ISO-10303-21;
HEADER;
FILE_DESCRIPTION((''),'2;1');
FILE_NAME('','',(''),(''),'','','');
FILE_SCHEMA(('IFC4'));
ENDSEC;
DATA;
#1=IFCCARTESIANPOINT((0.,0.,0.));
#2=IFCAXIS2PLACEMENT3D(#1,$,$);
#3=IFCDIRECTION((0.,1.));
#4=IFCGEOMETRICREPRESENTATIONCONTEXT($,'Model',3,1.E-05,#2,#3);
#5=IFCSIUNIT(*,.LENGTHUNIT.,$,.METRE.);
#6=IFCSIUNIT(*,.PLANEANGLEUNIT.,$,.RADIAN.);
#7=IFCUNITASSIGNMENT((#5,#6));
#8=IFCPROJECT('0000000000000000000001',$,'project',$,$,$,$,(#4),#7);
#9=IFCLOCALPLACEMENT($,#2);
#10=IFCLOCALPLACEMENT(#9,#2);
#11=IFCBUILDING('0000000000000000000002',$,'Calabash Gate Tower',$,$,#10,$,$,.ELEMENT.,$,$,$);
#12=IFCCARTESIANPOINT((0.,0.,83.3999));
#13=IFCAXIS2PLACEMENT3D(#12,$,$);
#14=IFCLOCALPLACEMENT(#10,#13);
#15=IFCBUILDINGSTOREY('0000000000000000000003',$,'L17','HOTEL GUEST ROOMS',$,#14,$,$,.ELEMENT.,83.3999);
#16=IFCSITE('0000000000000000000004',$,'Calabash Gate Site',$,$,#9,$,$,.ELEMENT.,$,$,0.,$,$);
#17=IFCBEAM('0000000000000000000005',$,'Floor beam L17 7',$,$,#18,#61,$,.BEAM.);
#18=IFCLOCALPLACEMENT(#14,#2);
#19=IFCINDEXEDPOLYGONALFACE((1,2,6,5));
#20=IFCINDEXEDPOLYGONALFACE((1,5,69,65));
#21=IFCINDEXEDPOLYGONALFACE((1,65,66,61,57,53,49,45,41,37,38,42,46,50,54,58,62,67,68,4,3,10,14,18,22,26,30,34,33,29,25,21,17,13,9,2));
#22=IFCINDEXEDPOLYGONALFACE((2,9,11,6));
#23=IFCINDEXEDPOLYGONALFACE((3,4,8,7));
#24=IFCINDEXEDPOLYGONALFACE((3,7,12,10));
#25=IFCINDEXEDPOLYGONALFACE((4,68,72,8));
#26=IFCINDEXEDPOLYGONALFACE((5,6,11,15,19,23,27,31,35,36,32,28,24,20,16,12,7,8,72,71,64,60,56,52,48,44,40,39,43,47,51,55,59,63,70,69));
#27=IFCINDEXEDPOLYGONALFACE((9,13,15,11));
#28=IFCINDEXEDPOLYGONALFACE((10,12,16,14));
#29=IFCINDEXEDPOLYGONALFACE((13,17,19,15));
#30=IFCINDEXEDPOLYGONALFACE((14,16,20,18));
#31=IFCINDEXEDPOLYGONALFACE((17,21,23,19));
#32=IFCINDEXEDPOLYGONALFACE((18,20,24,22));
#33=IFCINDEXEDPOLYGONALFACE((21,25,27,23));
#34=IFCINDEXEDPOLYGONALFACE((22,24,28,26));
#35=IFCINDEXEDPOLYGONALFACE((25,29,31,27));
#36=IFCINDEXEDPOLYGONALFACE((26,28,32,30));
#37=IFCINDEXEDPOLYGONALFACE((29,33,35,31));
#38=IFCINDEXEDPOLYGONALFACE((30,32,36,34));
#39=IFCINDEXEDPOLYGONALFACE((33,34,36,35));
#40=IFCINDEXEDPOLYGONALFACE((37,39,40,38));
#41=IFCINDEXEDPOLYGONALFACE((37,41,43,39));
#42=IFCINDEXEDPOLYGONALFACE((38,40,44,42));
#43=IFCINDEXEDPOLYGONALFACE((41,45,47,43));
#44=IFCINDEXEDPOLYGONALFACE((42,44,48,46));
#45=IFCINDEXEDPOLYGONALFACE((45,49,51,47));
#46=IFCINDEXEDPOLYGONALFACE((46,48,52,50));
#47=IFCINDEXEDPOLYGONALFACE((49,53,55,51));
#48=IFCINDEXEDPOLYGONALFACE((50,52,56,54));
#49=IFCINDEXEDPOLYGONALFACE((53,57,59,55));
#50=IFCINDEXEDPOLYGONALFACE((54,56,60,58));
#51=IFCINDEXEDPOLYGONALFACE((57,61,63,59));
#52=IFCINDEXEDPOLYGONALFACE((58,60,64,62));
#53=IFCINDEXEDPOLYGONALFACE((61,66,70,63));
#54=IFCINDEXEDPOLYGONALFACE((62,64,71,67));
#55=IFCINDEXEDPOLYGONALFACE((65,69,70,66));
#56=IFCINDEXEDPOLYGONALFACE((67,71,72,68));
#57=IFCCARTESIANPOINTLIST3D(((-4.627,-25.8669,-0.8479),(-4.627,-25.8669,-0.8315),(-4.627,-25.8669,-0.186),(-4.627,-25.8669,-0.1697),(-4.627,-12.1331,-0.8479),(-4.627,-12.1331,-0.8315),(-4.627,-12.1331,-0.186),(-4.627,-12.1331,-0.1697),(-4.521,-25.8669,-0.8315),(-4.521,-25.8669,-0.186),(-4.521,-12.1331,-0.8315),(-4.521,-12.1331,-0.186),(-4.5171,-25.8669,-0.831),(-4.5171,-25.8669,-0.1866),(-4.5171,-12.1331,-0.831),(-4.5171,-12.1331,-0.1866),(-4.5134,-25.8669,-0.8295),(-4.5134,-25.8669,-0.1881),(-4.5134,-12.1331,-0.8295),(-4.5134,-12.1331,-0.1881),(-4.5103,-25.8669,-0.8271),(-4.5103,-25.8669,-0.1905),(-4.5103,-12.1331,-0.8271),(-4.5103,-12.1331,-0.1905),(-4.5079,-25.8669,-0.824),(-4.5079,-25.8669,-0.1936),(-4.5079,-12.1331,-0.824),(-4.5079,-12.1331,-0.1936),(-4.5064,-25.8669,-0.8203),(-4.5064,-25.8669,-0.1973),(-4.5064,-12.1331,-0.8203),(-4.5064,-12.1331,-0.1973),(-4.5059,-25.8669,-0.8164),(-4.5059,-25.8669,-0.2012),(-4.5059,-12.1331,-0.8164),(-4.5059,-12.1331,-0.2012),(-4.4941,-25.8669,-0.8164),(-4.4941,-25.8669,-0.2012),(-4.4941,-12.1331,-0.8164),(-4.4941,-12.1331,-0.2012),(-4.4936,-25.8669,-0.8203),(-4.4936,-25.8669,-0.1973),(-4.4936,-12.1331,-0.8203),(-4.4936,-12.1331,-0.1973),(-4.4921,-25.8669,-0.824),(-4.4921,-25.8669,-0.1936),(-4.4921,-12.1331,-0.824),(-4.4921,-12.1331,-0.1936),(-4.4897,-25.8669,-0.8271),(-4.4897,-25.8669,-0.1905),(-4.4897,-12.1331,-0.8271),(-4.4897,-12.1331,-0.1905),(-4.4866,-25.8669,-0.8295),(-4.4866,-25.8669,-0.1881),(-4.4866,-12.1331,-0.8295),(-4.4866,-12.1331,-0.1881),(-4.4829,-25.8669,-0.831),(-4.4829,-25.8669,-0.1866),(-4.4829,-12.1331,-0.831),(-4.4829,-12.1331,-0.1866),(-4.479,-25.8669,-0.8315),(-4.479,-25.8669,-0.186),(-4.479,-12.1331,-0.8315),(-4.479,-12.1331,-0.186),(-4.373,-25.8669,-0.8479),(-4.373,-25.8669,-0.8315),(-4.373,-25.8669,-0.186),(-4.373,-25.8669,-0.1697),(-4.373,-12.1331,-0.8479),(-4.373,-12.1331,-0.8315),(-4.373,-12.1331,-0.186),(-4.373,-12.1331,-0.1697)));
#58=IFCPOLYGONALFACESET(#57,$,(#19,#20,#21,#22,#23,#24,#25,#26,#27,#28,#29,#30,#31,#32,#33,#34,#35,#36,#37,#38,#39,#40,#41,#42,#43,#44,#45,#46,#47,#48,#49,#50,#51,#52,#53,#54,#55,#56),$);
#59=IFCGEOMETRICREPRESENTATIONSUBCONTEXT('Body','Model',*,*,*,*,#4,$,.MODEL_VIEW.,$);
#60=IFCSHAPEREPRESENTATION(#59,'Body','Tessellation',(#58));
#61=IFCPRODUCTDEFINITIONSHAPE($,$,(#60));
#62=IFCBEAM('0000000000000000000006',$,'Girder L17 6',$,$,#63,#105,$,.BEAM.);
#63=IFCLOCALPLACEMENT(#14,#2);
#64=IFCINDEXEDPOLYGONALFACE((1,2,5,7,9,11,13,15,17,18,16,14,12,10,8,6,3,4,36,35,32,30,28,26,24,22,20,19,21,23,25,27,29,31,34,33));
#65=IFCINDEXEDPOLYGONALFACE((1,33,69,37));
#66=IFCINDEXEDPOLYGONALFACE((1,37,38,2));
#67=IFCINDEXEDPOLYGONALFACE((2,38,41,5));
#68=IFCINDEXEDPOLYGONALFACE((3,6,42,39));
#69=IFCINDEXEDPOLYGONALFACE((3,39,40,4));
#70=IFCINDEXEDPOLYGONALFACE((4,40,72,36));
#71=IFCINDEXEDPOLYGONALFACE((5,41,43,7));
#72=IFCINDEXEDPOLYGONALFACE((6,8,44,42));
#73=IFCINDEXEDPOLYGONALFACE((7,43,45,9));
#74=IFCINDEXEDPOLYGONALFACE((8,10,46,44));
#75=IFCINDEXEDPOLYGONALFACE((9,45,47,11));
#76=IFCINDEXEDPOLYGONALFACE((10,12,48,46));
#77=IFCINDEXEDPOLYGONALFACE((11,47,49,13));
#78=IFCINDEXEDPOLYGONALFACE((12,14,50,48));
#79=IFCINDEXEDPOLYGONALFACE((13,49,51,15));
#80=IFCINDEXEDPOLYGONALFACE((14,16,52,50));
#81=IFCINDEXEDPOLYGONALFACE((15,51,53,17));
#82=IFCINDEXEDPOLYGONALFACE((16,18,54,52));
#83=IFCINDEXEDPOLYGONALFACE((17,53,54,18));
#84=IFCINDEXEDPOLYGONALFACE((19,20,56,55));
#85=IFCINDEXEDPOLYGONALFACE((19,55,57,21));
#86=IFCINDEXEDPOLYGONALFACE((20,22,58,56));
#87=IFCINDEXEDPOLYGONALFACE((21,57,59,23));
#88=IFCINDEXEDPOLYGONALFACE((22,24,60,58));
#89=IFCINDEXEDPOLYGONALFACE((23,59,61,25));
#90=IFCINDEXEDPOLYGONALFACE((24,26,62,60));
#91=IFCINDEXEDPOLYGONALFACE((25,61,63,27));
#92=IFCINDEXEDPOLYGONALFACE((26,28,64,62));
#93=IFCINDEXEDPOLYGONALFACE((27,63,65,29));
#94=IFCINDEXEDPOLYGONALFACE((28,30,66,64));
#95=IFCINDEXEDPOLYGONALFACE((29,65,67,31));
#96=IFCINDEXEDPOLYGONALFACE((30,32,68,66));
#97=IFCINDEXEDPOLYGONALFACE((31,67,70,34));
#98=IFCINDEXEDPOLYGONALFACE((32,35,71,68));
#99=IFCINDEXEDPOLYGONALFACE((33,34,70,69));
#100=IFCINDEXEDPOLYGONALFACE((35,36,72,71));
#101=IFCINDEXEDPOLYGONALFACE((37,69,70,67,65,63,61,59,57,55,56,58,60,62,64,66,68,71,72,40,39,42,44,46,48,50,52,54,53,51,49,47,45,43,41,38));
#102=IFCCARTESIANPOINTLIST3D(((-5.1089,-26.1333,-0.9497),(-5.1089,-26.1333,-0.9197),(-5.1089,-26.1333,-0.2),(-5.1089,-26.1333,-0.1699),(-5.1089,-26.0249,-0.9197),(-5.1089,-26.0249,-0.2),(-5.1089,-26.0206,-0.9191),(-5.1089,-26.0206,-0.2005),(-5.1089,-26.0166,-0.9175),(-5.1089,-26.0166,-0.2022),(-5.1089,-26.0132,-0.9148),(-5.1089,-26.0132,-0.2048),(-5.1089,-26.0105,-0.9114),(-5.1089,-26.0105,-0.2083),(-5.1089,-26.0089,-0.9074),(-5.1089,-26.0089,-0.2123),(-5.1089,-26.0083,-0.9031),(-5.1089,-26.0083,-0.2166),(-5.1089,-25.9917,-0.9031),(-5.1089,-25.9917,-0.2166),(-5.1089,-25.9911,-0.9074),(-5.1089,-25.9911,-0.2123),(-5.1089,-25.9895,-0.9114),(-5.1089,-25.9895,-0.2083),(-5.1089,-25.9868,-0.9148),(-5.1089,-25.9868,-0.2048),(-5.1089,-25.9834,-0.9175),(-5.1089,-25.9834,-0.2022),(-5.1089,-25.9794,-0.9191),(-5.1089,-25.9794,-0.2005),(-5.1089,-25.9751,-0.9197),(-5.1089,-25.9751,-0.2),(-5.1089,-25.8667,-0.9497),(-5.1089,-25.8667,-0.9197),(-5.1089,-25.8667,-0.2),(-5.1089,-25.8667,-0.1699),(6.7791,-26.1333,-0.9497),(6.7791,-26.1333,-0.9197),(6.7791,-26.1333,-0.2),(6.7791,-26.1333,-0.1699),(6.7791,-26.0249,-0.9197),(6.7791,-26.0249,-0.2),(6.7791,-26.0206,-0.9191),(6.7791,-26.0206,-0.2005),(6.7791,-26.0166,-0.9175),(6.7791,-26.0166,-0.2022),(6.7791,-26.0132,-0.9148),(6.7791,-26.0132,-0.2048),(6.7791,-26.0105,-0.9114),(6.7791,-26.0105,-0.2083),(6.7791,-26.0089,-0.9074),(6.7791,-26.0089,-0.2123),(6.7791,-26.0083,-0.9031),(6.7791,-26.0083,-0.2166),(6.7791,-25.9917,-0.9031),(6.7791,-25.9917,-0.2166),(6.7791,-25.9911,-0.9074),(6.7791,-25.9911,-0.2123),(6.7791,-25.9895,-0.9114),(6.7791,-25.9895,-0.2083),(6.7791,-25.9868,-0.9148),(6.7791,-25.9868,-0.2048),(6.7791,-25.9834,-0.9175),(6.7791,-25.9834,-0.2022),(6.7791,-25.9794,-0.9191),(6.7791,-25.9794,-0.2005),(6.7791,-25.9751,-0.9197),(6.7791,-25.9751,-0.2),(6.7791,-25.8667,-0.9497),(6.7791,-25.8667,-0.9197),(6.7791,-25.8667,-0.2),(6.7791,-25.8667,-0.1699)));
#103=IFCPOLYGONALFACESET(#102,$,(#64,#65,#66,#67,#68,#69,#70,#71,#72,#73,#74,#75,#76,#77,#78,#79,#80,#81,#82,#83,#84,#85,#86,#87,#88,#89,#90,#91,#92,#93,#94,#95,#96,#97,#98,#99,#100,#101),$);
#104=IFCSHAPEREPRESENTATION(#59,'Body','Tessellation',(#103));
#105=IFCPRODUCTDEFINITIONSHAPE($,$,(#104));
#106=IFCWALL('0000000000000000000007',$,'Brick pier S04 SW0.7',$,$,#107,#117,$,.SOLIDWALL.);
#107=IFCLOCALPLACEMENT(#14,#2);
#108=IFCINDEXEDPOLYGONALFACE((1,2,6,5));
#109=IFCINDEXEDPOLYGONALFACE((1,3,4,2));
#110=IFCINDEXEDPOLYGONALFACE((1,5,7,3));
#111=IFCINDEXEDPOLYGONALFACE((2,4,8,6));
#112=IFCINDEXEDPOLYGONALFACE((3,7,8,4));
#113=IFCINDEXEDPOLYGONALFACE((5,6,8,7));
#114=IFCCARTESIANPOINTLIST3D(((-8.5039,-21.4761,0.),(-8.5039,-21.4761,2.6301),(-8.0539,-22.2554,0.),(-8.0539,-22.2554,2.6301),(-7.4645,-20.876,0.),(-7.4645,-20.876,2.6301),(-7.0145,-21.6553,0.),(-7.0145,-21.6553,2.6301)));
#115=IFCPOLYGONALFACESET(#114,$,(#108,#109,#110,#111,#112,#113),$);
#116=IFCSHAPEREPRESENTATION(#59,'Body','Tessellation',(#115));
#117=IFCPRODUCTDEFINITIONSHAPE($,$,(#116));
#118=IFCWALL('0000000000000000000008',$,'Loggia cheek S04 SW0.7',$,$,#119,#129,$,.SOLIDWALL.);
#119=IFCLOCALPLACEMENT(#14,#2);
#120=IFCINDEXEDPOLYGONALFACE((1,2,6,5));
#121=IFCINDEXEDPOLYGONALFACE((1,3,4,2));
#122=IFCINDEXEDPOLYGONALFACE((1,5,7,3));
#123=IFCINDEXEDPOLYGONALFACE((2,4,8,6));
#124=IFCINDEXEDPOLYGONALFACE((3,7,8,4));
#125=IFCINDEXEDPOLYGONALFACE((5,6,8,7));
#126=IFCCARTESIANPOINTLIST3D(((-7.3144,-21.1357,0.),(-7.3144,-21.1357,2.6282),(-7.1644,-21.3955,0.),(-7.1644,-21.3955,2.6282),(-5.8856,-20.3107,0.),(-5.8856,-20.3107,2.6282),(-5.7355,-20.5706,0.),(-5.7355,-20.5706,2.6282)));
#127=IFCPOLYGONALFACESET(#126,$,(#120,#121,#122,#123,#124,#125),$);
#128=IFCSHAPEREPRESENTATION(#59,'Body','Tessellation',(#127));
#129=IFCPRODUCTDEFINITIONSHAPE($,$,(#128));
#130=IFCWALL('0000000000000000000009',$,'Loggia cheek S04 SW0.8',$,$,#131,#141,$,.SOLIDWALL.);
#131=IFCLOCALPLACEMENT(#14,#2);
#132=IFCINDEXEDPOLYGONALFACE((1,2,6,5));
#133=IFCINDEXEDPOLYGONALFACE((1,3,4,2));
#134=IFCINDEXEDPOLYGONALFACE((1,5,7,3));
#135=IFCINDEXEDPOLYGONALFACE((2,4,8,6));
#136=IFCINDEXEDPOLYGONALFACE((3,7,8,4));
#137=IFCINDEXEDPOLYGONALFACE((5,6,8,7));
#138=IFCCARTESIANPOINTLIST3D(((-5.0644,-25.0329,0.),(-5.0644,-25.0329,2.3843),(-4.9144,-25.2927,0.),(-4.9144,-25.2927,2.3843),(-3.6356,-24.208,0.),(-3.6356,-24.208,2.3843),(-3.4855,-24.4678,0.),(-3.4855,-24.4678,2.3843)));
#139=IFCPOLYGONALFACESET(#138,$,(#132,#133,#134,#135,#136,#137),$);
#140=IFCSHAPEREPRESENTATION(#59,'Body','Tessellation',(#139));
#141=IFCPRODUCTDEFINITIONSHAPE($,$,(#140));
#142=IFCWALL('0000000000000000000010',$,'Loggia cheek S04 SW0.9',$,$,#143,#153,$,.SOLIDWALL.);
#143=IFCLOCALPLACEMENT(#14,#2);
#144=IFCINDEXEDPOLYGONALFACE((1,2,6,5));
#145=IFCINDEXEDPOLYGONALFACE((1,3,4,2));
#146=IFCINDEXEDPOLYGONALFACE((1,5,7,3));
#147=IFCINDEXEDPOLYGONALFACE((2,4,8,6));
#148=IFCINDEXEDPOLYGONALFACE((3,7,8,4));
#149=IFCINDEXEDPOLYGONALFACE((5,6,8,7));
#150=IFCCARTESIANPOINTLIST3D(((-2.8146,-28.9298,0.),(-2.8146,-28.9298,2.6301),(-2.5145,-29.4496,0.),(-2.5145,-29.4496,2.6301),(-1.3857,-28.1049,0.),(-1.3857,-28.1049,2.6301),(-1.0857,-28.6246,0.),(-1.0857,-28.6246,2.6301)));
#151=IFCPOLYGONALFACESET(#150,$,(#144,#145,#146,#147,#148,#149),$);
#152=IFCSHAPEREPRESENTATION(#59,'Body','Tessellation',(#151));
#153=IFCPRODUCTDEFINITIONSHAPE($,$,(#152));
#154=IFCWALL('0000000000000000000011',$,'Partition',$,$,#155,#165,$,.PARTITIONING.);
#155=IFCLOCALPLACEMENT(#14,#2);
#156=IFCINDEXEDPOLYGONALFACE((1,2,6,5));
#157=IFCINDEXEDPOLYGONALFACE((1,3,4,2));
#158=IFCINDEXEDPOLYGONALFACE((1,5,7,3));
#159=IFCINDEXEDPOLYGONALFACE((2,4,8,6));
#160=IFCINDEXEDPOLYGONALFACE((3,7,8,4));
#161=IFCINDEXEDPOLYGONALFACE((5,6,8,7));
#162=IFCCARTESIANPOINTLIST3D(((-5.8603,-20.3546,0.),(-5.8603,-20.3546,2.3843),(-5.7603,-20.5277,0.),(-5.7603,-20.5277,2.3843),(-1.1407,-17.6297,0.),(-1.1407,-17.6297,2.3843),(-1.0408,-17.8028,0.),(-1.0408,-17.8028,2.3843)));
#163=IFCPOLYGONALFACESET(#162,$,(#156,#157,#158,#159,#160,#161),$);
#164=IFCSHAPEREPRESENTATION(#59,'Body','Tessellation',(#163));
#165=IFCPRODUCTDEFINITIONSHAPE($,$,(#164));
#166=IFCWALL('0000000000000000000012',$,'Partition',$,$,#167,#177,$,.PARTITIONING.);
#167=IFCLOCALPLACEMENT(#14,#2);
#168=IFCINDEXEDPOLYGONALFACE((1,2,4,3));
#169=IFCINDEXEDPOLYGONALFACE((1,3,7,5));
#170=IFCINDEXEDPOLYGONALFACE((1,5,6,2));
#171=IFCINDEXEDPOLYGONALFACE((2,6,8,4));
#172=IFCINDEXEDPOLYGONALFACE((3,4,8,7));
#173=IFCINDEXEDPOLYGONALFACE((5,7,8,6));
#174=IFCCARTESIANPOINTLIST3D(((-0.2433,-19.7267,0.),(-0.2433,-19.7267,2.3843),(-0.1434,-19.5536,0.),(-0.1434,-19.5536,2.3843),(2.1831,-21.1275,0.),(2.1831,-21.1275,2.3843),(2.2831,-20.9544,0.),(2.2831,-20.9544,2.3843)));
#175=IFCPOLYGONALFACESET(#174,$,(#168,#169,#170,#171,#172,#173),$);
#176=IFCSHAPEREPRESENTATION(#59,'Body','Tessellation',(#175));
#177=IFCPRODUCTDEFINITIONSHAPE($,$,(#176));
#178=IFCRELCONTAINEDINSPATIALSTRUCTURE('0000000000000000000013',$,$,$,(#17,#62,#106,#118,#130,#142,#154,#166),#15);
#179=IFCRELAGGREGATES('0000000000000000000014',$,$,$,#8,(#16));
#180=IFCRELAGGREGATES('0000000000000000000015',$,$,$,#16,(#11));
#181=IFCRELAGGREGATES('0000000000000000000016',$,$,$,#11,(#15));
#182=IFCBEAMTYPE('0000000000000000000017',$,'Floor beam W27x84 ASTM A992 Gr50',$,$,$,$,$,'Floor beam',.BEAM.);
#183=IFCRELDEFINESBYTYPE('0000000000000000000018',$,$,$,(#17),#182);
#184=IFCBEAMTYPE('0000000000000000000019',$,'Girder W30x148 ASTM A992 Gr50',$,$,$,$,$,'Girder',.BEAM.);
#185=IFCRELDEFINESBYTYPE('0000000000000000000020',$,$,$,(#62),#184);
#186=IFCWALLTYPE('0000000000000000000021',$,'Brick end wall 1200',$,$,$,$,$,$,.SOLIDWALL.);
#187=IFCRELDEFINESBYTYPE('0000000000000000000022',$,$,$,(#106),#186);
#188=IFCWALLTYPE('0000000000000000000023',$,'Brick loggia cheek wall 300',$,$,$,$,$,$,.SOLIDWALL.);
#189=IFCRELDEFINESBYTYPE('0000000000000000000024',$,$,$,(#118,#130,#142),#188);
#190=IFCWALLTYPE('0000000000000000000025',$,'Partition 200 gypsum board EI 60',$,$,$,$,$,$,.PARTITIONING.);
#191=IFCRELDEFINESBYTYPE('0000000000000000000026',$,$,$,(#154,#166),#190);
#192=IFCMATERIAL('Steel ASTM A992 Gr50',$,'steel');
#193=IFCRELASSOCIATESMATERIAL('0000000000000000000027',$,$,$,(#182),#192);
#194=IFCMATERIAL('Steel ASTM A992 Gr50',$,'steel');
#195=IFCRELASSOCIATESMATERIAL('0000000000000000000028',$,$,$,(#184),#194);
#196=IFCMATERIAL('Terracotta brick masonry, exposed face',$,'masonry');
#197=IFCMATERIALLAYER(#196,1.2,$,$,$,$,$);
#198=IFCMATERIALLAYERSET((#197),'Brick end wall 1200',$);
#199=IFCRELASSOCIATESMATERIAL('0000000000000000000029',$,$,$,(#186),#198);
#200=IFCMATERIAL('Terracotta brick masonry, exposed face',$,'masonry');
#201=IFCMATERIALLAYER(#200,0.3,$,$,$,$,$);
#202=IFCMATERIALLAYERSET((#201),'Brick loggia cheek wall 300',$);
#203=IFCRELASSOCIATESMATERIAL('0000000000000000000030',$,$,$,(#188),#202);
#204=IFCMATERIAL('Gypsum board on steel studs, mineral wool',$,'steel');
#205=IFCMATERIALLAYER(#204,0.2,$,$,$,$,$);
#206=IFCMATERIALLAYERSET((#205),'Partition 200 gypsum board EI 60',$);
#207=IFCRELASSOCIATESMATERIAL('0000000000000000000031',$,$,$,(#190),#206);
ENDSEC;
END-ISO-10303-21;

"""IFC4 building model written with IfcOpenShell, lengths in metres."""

from ifc_helpers import new_model, si_unit, direction, frame, frame_2d, origin, origin_2d, place, context, subcontext, project, spatial, rectangle, i_section, extrude, material, layer, layer_set, material_profile, profile_set, type_object, element, save


model = new_model("IFC4")

# Units and contexts
model_context = context("Model", 3, precision=1e-05, world=origin(), true_north=direction((0.0, 1.0)))
body_context = subcontext(model_context, "Body", "Model", "MODEL_VIEW")
ifc_project = project(units=[si_unit("LENGTHUNIT", "METRE"), si_unit("PLANEANGLEUNIT", "RADIAN")], contexts=[model_context])

# Site, building, storey
site_placement = place(None, origin())
site = spatial("IfcSite", under=ifc_project, at=site_placement, Name="Calabash Gate Site", CompositionType="ELEMENT", RefElevation=0.0)
building_placement = place(site_placement, origin())
building = spatial("IfcBuilding", under=site, at=building_placement, Name="Calabash Gate Tower", CompositionType="ELEMENT")
storey_placement = place(building_placement, frame((0.0, 0.0, 83.3999)))
storey = spatial("IfcBuildingStorey", under=building, at=storey_placement, Name="L17", Description="HOTEL GUEST ROOMS", CompositionType="ELEMENT", Elevation=83.3999)

# Beams
ifc_material_1 = material(Name="Steel ASTM A992 Gr50", Category="steel")
ifc_material_profile_1 = material_profile(ifc_material_1, i_section(OverallWidth=0.2539, OverallDepth=0.6782, WebThickness=0.0117, FlangeThickness=0.0164, FilletRadius=0.0151, at=origin_2d()))
ifc_profile_set_1 = profile_set([ifc_material_profile_1], Name="Steel ASTM A992 Gr50")
beam_type_1 = type_object("IfcBeamType", Name="Floor beam W27x84 ASTM A992 Gr50", ElementType="Floor beam", PredefinedType="BEAM", material=ifc_profile_set_1)
beam_1_placement = place(storey_placement, frame((-4.5, -25.8669, -0.5088), z_axis=(0.0, 1.0, 0.0), x_axis=(-1.0, 0.0, 0.0)))
element("IfcBeam", 1, at=beam_1_placement, inside=storey, type_object=beam_type_1, Name="Floor beam L17 7", PredefinedType="BEAM", context=body_context, shape_type="SweptSolid", body=[
    extrude(i_section(OverallWidth=0.2539, OverallDepth=0.6782, WebThickness=0.0117, FlangeThickness=0.0164, FilletRadius=0.0151, at=origin_2d()), origin(), (0.0, 0.0, 1.0), 13.7339),
])
ifc_material_2 = material(Name="Steel ASTM A992 Gr50", Category="steel")
ifc_material_profile_2 = material_profile(ifc_material_2, i_section(OverallWidth=0.2666, OverallDepth=0.7798, WebThickness=0.0166, FlangeThickness=0.03, FilletRadius=0.0166, at=origin_2d()))
ifc_profile_set_2 = profile_set([ifc_material_profile_2], Name="Steel ASTM A992 Gr50")
beam_type_2 = type_object("IfcBeamType", Name="Girder W30x148 ASTM A992 Gr50", ElementType="Girder", PredefinedType="BEAM", material=ifc_profile_set_2)
beam_2_placement = place(storey_placement, frame((-5.1089, -26.0, -0.5598), z_axis=(1.0, 0.0, 0.0), x_axis=(0.0, 1.0, 0.0)))
element("IfcBeam", 2, at=beam_2_placement, inside=storey, type_object=beam_type_2, Name="Girder L17 6", PredefinedType="BEAM", context=body_context, shape_type="SweptSolid", body=[
    extrude(i_section(OverallWidth=0.2666, OverallDepth=0.7798, WebThickness=0.0166, FlangeThickness=0.03, FilletRadius=0.0166, at=origin_2d()), origin(), (0.0, 0.0, 1.0), 11.8879),
])

# Walls
ifc_material_3 = material(Name="Terracotta brick masonry, exposed face", Category="masonry")
ifc_layer_1 = layer(ifc_material_3, 1.2)
ifc_layer_set_1 = layer_set([ifc_layer_1], Name="Brick end wall 1200")
wall_type_1 = type_object("IfcWallType", Name="Brick end wall 1200", PredefinedType="SOLIDWALL", material=ifc_layer_set_1)
wall_1_placement = place(storey_placement, frame((-7.2395, -21.2656, 0.0), z_axis=(0.0, 0.0, 1.0), x_axis=(-0.866006, -0.500034, 0.0)))
element("IfcWall", 3, at=wall_1_placement, inside=storey, type_object=wall_type_1, Name="Brick pier S04 SW0.7", PredefinedType="SOLIDWALL", context=body_context, shape_type="SweptSolid", body=[
    extrude(rectangle(XDim=1.2002, YDim=0.8999, at=frame_2d((0.6001, 0.0))), origin(), (0.0, 0.0, 1.0), 2.6301),
])
ifc_material_4 = material(Name="Terracotta brick masonry, exposed face", Category="masonry")
ifc_layer_2 = layer(ifc_material_4, 0.3)
ifc_layer_set_2 = layer_set([ifc_layer_2], Name="Brick loggia cheek wall 300")
wall_type_2 = type_object("IfcWallType", Name="Brick loggia cheek wall 300", PredefinedType="SOLIDWALL", material=ifc_layer_set_2)
wall_2_placement = place(storey_placement, frame((-5.8105, -20.4407, 0.0), z_axis=(0.0, 0.0, 1.0), x_axis=(-0.86604, -0.499974, 0.0)))
element("IfcWall", 4, at=wall_2_placement, inside=storey, type_object=wall_type_2, Name="Loggia cheek S04 SW0.7", PredefinedType="SOLIDWALL", context=body_context, shape_type="SweptSolid", body=[
    extrude(rectangle(XDim=1.6499, YDim=0.3, at=frame_2d((0.825, 0.0))), origin(), (0.0, 0.0, 1.0), 2.6282),
])
wall_3_placement = place(storey_placement, frame((-3.5605, -24.3379, 0.0), z_axis=(0.0, 0.0, 1.0), x_axis=(-0.86604, -0.499974, 0.0)))
element("IfcWall", 5, at=wall_3_placement, inside=storey, type_object=wall_type_2, Name="Loggia cheek S04 SW0.8", PredefinedType="SOLIDWALL", context=body_context, shape_type="SweptSolid", body=[
    extrude(rectangle(XDim=1.6499, YDim=0.3, at=frame_2d((0.825, 0.0))), origin(), (0.0, 0.0, 1.0), 2.3843),
])
wall_4_placement = place(storey_placement, frame((-2.6646, -29.1897, 0.0), z_axis=(0.0, 0.0, 1.0), x_axis=(0.86604, 0.499974, 0.0)))
element("IfcWall", 6, at=wall_4_placement, inside=storey, type_object=wall_type_2, Name="Loggia cheek S04 SW0.9", PredefinedType="SOLIDWALL", context=body_context, shape_type="SweptSolid", body=[
    extrude(rectangle(XDim=1.6499, YDim=0.6001, at=frame_2d((0.825, 0.0))), origin(), (0.0, 0.0, 1.0), 2.6301),
])
ifc_material_5 = material(Name="Gypsum board on steel studs, mineral wool", Category="steel")
ifc_layer_3 = layer(ifc_material_5, 0.2)
ifc_layer_set_3 = layer_set([ifc_layer_3], Name="Partition 200 gypsum board EI 60")
wall_type_3 = type_object("IfcWallType", Name="Partition 200 gypsum board EI 60", PredefinedType="PARTITIONING", material=ifc_layer_set_3)
wall_5_placement = place(storey_placement, frame((-5.8103, -20.4412, 0.0), z_axis=(0.0, 0.0, 1.0), x_axis=(0.866021, 0.500008, 0.0)))
element("IfcWall", 7, at=wall_5_placement, inside=storey, type_object=wall_type_3, Name="Partition", PredefinedType="PARTITIONING", context=body_context, shape_type="SweptSolid", body=[
    extrude(rectangle(XDim=5.4497, YDim=0.2, at=frame_2d((2.7249, 0.0))), origin(), (0.0, 0.0, 1.0), 2.3843),
])
wall_6_placement = place(storey_placement, frame((-0.1934, -19.6401, 0.0), z_axis=(0.0, 0.0, 1.0), x_axis=(0.866036, -0.499981, 0.0)))
element("IfcWall", 8, at=wall_6_placement, inside=storey, type_object=wall_type_3, Name="Partition", PredefinedType="PARTITIONING", context=body_context, shape_type="SweptSolid", body=[
    extrude(rectangle(XDim=2.8018, YDim=0.2, at=frame_2d((1.4009, 0.0))), origin(), (0.0, 0.0, 1.0), 2.3843),
])

save(model, "model.ifc")
